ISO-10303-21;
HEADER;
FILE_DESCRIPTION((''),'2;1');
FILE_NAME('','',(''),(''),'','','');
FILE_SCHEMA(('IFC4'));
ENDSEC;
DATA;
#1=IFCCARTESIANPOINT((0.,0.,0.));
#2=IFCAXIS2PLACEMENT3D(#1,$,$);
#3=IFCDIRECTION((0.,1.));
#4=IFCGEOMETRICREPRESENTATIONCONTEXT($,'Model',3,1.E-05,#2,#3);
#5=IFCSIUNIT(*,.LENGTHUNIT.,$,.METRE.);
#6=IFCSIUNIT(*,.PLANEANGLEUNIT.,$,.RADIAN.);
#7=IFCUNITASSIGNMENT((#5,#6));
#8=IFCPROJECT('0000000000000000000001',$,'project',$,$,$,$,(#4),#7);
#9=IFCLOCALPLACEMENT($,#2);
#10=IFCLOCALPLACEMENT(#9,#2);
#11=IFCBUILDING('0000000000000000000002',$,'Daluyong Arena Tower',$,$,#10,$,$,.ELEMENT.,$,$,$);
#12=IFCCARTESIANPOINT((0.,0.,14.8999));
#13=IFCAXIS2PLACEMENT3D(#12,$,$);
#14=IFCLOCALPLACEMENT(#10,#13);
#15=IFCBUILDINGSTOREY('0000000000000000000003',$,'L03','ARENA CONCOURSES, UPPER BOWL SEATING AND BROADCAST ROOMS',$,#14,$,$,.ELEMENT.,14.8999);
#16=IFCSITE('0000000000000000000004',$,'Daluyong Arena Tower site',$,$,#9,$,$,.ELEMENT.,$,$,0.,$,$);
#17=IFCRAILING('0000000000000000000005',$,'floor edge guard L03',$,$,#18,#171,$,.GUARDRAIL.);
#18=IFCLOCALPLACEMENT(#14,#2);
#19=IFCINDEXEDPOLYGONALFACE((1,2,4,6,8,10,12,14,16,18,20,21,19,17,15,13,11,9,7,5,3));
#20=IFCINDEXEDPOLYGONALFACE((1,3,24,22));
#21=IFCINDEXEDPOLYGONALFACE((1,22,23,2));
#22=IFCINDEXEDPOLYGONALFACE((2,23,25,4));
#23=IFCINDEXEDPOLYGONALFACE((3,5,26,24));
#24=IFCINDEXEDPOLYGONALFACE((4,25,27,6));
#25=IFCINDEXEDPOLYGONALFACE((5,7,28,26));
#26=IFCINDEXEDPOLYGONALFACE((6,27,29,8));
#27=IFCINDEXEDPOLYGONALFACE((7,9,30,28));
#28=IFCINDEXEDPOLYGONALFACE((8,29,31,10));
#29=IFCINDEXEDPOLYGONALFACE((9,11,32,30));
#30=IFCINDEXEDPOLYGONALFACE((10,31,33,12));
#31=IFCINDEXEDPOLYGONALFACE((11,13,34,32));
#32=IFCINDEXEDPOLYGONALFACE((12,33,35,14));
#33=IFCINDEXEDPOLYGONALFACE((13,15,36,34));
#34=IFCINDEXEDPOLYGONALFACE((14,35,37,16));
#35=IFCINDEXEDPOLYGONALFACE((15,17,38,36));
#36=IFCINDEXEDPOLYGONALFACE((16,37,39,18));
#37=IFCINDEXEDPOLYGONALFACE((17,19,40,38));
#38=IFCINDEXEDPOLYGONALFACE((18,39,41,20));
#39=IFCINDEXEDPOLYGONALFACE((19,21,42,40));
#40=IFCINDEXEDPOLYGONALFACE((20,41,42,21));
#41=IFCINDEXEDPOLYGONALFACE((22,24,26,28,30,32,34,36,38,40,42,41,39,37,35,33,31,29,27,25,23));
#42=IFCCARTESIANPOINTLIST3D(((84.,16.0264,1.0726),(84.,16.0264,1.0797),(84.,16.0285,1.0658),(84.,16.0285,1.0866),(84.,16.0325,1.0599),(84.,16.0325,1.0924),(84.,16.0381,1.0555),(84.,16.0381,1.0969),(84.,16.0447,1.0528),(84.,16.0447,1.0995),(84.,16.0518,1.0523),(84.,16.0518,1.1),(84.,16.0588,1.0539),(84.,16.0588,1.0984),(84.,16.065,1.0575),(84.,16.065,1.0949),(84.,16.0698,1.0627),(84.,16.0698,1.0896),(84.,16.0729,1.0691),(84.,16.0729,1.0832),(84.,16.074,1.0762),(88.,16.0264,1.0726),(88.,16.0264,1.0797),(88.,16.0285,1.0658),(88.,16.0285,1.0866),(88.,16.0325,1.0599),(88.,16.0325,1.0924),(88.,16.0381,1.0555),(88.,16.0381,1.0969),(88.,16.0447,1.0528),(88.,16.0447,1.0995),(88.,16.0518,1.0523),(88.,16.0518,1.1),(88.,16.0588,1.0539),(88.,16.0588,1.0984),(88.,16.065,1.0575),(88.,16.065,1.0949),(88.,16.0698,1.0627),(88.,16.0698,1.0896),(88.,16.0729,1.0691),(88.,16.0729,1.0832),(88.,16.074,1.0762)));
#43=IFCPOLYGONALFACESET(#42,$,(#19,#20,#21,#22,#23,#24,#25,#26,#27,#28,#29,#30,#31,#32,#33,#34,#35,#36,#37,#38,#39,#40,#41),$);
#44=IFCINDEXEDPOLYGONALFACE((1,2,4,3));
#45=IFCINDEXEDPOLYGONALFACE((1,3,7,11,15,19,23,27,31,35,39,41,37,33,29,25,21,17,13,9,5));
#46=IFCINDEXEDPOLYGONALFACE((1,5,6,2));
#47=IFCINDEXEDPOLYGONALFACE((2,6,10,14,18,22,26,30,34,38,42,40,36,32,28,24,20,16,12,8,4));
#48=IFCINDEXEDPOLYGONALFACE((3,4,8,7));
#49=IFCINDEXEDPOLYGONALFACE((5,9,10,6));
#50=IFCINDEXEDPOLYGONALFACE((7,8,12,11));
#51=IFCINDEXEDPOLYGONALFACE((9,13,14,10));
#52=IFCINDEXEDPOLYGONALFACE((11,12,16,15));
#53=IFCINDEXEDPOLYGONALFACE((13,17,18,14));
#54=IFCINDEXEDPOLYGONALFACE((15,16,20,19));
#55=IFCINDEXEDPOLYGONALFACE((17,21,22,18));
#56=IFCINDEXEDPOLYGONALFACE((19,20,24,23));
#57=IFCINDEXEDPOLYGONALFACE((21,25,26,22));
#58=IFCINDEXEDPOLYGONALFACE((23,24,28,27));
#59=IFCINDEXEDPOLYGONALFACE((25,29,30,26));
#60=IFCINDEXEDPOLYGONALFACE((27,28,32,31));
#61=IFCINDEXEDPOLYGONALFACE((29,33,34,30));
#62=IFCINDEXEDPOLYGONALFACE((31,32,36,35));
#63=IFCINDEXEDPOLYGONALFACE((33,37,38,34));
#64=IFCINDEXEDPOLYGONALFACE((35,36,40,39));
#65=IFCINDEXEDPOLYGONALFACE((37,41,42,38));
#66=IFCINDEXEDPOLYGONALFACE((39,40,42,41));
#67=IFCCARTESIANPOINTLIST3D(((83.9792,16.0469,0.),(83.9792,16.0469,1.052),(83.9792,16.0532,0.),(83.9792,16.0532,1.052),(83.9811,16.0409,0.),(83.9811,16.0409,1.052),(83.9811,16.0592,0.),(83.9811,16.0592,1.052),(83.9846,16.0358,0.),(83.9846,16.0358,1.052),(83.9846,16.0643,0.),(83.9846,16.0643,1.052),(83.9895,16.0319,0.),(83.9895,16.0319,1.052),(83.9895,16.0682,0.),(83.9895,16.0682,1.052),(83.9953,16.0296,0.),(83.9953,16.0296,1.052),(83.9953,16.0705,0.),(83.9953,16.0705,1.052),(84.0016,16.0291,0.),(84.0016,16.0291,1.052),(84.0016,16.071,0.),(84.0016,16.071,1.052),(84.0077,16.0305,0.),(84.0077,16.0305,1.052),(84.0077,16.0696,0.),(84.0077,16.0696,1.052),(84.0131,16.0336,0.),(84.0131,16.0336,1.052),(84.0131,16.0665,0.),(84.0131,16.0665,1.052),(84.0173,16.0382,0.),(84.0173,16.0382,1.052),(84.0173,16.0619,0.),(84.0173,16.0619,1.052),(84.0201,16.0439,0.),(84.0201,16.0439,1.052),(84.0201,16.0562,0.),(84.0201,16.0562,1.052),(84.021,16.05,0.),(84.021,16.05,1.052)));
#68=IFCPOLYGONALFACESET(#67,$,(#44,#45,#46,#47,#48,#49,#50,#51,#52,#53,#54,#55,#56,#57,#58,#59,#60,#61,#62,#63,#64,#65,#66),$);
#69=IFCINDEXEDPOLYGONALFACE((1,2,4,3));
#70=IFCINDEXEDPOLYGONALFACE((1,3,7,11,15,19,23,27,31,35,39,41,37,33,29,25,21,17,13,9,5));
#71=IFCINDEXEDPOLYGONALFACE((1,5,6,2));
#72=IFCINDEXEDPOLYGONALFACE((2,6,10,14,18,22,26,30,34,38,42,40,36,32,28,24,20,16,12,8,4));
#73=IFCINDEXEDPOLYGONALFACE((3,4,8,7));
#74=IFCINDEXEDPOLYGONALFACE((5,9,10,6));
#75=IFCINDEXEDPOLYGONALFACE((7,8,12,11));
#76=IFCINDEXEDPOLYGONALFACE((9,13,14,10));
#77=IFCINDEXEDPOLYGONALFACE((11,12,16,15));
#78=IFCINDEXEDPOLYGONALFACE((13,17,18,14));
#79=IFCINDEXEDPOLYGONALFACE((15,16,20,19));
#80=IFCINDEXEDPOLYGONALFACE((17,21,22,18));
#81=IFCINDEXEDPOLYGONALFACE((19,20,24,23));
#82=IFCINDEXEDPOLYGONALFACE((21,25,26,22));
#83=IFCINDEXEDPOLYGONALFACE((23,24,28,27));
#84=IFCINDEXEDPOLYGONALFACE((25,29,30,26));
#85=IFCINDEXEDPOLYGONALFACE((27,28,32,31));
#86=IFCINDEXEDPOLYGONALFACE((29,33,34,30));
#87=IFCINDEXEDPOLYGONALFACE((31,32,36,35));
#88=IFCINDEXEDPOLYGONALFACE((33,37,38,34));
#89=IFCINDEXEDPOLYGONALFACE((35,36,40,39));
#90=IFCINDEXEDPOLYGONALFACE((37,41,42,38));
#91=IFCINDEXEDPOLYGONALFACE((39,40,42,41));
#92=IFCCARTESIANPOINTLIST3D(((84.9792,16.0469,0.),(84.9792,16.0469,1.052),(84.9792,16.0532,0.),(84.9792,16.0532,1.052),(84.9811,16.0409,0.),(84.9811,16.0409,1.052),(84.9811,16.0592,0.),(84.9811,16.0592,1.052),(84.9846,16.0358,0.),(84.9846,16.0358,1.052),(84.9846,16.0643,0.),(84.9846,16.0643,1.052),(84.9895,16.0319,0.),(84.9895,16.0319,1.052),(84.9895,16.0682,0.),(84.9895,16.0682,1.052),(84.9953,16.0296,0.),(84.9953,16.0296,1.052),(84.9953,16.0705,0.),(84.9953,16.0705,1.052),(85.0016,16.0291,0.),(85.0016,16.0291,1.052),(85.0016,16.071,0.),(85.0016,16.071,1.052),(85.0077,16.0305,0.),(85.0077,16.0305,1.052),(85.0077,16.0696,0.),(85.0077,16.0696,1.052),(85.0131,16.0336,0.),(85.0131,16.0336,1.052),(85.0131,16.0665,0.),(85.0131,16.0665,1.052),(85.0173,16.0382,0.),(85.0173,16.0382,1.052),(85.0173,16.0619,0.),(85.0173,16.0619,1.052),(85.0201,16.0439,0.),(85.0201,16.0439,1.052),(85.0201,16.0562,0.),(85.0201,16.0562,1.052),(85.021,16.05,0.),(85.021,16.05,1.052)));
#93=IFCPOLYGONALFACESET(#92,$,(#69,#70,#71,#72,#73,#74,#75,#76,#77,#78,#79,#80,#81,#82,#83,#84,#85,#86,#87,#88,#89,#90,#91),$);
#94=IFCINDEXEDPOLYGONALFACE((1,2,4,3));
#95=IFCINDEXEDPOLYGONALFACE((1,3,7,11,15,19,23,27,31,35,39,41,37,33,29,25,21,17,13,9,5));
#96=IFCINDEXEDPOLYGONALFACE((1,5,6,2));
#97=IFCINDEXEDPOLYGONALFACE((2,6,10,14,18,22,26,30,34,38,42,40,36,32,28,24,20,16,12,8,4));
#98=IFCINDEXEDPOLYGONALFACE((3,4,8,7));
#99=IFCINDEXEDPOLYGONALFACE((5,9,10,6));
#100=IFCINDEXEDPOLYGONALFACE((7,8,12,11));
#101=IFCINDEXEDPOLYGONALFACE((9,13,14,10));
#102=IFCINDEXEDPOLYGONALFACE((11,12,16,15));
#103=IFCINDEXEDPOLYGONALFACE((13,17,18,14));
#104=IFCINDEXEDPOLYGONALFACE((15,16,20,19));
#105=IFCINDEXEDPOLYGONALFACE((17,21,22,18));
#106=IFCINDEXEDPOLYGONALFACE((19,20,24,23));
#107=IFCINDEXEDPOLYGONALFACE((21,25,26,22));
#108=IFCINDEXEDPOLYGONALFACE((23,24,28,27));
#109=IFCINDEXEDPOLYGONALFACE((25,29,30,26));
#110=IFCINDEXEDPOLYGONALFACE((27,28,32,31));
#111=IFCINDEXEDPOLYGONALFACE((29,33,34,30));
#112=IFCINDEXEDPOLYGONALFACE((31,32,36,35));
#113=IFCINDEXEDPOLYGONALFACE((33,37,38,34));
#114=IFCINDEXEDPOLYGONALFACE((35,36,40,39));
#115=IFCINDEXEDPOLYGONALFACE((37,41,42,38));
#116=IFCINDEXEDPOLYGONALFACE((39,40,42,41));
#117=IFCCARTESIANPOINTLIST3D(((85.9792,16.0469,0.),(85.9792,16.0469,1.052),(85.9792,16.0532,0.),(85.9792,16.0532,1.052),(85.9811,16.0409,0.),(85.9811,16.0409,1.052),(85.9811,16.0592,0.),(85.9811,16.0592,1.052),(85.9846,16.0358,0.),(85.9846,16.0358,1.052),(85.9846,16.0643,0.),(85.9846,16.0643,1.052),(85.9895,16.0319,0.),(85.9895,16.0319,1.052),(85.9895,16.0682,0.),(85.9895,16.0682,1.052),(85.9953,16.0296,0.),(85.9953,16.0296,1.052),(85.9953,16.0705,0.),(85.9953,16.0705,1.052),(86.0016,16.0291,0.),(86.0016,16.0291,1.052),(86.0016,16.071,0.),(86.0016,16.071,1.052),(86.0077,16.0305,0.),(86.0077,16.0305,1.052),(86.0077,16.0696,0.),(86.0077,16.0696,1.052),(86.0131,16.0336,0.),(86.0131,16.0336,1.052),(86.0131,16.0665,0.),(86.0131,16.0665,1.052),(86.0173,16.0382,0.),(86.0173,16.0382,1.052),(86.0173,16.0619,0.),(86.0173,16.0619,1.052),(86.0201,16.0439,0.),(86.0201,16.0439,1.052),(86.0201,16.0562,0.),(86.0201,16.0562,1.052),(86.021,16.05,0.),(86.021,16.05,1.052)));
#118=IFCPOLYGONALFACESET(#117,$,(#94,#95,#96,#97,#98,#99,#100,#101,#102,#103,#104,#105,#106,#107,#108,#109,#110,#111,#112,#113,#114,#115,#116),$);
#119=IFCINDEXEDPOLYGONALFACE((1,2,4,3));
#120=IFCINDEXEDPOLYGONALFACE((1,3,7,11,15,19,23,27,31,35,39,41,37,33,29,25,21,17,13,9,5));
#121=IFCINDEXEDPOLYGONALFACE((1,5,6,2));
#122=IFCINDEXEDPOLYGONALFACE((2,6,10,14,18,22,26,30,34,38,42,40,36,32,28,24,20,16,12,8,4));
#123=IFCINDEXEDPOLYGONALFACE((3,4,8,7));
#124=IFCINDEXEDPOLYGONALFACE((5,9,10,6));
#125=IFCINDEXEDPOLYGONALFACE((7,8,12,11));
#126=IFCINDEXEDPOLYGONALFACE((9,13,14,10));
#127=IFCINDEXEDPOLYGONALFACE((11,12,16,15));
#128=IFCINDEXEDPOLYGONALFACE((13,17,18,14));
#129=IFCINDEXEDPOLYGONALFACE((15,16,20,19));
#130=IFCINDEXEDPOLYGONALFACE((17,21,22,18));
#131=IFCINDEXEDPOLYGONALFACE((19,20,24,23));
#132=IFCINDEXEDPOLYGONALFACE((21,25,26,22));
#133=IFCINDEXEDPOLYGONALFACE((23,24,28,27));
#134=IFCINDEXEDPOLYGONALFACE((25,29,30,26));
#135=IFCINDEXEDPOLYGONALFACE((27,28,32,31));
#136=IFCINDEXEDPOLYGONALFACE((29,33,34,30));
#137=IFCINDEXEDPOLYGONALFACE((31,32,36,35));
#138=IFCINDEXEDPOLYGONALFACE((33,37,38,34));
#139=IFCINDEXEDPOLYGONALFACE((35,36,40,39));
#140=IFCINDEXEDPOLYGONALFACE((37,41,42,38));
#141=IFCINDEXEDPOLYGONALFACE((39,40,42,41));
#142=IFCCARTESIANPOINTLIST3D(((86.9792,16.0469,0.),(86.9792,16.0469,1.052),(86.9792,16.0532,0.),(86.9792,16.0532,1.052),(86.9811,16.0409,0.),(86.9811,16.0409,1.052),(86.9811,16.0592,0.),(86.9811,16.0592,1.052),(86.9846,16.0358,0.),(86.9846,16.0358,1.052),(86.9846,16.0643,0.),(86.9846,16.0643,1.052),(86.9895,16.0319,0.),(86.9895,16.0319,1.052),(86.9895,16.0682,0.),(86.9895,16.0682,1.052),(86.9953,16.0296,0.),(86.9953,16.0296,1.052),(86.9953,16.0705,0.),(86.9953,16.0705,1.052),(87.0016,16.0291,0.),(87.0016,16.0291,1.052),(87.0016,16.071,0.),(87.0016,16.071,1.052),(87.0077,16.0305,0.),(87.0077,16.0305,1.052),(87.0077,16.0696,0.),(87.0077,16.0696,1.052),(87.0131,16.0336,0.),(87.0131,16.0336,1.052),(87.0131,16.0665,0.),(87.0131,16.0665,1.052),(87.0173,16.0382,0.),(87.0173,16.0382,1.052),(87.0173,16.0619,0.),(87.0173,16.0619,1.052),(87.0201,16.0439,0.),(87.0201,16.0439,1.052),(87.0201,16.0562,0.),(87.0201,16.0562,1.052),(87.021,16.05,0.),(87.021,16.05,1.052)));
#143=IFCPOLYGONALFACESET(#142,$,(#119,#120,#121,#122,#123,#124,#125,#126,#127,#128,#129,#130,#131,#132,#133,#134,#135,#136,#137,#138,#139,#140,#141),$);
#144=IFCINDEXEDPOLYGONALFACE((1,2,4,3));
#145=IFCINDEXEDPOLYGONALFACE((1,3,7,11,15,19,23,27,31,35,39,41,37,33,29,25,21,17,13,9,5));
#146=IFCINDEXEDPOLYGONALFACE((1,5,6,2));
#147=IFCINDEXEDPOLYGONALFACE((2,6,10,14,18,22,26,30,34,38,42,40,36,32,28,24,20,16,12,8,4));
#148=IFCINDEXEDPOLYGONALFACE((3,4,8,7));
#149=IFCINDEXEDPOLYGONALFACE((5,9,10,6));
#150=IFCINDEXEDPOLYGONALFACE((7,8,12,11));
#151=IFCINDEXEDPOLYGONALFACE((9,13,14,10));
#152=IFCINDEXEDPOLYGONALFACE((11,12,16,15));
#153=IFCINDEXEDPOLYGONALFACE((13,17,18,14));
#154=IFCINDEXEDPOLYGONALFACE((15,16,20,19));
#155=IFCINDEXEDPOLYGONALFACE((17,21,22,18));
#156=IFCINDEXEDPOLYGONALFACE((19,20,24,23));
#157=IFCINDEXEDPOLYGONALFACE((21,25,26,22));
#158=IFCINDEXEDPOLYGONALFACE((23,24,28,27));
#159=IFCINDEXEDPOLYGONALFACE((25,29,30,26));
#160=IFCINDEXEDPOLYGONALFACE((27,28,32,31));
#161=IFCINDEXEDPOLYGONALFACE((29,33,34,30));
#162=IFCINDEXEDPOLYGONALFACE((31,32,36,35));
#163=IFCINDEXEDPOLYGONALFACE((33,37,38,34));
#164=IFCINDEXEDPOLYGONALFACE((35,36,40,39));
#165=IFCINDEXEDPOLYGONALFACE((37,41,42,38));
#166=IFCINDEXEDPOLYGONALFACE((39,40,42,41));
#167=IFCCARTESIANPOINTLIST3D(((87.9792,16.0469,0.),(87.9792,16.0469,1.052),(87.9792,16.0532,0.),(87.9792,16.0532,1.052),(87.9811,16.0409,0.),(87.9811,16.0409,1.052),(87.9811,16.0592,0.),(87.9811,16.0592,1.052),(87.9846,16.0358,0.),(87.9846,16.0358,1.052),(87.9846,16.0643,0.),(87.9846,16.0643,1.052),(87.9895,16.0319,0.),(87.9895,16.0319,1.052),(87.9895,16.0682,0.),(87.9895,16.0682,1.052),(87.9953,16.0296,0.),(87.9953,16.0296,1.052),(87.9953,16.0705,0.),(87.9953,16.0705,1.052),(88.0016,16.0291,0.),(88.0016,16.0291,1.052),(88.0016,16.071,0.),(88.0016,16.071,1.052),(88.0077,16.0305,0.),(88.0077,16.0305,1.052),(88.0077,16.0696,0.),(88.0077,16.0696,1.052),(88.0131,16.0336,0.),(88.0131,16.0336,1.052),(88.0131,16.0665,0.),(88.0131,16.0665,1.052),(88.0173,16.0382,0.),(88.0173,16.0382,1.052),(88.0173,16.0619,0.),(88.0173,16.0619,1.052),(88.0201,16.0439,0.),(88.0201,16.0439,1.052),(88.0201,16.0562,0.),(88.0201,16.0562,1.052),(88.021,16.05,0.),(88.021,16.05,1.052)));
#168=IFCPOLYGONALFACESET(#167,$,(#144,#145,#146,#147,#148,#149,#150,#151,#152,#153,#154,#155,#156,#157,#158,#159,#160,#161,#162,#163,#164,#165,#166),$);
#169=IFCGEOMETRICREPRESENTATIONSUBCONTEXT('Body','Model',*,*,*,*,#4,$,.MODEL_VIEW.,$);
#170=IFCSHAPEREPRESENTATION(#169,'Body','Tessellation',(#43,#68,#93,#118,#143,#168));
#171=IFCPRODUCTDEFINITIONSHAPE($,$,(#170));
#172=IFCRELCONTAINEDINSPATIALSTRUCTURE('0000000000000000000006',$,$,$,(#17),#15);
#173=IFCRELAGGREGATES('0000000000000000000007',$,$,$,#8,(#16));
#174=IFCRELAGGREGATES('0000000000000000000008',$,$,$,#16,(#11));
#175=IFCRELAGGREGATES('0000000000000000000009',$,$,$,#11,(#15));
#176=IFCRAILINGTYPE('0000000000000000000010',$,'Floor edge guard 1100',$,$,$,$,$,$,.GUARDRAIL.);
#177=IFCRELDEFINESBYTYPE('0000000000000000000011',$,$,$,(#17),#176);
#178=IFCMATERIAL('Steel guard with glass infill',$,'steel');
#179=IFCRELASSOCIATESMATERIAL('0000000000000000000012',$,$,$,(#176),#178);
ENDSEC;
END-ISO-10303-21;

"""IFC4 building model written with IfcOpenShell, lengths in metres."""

from ifc_helpers import new_model, si_unit, direction, frame, origin, origin_2d, place, context, subcontext, project, spatial, circle, extrude, material, type_object, element, save


model = new_model("IFC4")

# Units and contexts
model_context = context("Model", 3, precision=1e-05, world=origin(), true_north=direction((0.0, 1.0)))
body_context = subcontext(model_context, "Body", "Model", "MODEL_VIEW")
ifc_project = project(units=[si_unit("LENGTHUNIT", "METRE"), si_unit("PLANEANGLEUNIT", "RADIAN")], contexts=[model_context])

# Site, building, storey
site_placement = place(None, origin())
site = spatial("IfcSite", under=ifc_project, at=site_placement, Name="Daluyong Arena Tower site", CompositionType="ELEMENT", RefElevation=0.0)
building_placement = place(site_placement, origin())
building = spatial("IfcBuilding", under=site, at=building_placement, Name="Daluyong Arena Tower", CompositionType="ELEMENT")
storey_placement = place(building_placement, frame((0.0, 0.0, 14.8999)))
storey = spatial("IfcBuildingStorey", under=building, at=storey_placement, Name="L03", Description="ARENA CONCOURSES, UPPER BOWL SEATING AND BROADCAST ROOMS", CompositionType="ELEMENT", Elevation=14.8999)

# Railing
ifc_material_1 = material(Name="Steel guard with glass infill", Category="steel")
railing_type_1 = type_object("IfcRailingType", Name="Floor edge guard 1100", PredefinedType="GUARDRAIL", material=ifc_material_1)
railing_1_placement = place(storey_placement, frame((84.0, 16.05, 0.0)))
element("IfcRailing", 1, at=railing_1_placement, inside=storey, type_object=railing_type_1, Name="floor edge guard L03", PredefinedType="GUARDRAIL", context=body_context, shape_type="SweptSolid", body=[
    extrude(circle(Radius=0.0239, at=origin_2d()), frame((0.0, 0.0, 1.0762), z_axis=(1.0, 0.0, 0.0), x_axis=(0.0, 1.0, 0.0)), (0.0, 0.0, 1.0), 4.0),
    extrude(circle(Radius=0.021, at=origin_2d()), origin(), (0.0, 0.0, 1.0), 1.052),
    extrude(circle(Radius=0.021, at=origin_2d()), frame((1.0, 0.0, 0.0)), (0.0, 0.0, 1.0), 1.052),
    extrude(circle(Radius=0.021, at=origin_2d()), frame((2.0, 0.0, 0.0)), (0.0, 0.0, 1.0), 1.052),
    extrude(circle(Radius=0.021, at=origin_2d()), frame((3.0, 0.0, 0.0)), (0.0, 0.0, 1.0), 1.052),
    extrude(circle(Radius=0.021, at=origin_2d()), frame((4.0, 0.0, 0.0)), (0.0, 0.0, 1.0), 1.052),
])

save(model, "model.ifc")
